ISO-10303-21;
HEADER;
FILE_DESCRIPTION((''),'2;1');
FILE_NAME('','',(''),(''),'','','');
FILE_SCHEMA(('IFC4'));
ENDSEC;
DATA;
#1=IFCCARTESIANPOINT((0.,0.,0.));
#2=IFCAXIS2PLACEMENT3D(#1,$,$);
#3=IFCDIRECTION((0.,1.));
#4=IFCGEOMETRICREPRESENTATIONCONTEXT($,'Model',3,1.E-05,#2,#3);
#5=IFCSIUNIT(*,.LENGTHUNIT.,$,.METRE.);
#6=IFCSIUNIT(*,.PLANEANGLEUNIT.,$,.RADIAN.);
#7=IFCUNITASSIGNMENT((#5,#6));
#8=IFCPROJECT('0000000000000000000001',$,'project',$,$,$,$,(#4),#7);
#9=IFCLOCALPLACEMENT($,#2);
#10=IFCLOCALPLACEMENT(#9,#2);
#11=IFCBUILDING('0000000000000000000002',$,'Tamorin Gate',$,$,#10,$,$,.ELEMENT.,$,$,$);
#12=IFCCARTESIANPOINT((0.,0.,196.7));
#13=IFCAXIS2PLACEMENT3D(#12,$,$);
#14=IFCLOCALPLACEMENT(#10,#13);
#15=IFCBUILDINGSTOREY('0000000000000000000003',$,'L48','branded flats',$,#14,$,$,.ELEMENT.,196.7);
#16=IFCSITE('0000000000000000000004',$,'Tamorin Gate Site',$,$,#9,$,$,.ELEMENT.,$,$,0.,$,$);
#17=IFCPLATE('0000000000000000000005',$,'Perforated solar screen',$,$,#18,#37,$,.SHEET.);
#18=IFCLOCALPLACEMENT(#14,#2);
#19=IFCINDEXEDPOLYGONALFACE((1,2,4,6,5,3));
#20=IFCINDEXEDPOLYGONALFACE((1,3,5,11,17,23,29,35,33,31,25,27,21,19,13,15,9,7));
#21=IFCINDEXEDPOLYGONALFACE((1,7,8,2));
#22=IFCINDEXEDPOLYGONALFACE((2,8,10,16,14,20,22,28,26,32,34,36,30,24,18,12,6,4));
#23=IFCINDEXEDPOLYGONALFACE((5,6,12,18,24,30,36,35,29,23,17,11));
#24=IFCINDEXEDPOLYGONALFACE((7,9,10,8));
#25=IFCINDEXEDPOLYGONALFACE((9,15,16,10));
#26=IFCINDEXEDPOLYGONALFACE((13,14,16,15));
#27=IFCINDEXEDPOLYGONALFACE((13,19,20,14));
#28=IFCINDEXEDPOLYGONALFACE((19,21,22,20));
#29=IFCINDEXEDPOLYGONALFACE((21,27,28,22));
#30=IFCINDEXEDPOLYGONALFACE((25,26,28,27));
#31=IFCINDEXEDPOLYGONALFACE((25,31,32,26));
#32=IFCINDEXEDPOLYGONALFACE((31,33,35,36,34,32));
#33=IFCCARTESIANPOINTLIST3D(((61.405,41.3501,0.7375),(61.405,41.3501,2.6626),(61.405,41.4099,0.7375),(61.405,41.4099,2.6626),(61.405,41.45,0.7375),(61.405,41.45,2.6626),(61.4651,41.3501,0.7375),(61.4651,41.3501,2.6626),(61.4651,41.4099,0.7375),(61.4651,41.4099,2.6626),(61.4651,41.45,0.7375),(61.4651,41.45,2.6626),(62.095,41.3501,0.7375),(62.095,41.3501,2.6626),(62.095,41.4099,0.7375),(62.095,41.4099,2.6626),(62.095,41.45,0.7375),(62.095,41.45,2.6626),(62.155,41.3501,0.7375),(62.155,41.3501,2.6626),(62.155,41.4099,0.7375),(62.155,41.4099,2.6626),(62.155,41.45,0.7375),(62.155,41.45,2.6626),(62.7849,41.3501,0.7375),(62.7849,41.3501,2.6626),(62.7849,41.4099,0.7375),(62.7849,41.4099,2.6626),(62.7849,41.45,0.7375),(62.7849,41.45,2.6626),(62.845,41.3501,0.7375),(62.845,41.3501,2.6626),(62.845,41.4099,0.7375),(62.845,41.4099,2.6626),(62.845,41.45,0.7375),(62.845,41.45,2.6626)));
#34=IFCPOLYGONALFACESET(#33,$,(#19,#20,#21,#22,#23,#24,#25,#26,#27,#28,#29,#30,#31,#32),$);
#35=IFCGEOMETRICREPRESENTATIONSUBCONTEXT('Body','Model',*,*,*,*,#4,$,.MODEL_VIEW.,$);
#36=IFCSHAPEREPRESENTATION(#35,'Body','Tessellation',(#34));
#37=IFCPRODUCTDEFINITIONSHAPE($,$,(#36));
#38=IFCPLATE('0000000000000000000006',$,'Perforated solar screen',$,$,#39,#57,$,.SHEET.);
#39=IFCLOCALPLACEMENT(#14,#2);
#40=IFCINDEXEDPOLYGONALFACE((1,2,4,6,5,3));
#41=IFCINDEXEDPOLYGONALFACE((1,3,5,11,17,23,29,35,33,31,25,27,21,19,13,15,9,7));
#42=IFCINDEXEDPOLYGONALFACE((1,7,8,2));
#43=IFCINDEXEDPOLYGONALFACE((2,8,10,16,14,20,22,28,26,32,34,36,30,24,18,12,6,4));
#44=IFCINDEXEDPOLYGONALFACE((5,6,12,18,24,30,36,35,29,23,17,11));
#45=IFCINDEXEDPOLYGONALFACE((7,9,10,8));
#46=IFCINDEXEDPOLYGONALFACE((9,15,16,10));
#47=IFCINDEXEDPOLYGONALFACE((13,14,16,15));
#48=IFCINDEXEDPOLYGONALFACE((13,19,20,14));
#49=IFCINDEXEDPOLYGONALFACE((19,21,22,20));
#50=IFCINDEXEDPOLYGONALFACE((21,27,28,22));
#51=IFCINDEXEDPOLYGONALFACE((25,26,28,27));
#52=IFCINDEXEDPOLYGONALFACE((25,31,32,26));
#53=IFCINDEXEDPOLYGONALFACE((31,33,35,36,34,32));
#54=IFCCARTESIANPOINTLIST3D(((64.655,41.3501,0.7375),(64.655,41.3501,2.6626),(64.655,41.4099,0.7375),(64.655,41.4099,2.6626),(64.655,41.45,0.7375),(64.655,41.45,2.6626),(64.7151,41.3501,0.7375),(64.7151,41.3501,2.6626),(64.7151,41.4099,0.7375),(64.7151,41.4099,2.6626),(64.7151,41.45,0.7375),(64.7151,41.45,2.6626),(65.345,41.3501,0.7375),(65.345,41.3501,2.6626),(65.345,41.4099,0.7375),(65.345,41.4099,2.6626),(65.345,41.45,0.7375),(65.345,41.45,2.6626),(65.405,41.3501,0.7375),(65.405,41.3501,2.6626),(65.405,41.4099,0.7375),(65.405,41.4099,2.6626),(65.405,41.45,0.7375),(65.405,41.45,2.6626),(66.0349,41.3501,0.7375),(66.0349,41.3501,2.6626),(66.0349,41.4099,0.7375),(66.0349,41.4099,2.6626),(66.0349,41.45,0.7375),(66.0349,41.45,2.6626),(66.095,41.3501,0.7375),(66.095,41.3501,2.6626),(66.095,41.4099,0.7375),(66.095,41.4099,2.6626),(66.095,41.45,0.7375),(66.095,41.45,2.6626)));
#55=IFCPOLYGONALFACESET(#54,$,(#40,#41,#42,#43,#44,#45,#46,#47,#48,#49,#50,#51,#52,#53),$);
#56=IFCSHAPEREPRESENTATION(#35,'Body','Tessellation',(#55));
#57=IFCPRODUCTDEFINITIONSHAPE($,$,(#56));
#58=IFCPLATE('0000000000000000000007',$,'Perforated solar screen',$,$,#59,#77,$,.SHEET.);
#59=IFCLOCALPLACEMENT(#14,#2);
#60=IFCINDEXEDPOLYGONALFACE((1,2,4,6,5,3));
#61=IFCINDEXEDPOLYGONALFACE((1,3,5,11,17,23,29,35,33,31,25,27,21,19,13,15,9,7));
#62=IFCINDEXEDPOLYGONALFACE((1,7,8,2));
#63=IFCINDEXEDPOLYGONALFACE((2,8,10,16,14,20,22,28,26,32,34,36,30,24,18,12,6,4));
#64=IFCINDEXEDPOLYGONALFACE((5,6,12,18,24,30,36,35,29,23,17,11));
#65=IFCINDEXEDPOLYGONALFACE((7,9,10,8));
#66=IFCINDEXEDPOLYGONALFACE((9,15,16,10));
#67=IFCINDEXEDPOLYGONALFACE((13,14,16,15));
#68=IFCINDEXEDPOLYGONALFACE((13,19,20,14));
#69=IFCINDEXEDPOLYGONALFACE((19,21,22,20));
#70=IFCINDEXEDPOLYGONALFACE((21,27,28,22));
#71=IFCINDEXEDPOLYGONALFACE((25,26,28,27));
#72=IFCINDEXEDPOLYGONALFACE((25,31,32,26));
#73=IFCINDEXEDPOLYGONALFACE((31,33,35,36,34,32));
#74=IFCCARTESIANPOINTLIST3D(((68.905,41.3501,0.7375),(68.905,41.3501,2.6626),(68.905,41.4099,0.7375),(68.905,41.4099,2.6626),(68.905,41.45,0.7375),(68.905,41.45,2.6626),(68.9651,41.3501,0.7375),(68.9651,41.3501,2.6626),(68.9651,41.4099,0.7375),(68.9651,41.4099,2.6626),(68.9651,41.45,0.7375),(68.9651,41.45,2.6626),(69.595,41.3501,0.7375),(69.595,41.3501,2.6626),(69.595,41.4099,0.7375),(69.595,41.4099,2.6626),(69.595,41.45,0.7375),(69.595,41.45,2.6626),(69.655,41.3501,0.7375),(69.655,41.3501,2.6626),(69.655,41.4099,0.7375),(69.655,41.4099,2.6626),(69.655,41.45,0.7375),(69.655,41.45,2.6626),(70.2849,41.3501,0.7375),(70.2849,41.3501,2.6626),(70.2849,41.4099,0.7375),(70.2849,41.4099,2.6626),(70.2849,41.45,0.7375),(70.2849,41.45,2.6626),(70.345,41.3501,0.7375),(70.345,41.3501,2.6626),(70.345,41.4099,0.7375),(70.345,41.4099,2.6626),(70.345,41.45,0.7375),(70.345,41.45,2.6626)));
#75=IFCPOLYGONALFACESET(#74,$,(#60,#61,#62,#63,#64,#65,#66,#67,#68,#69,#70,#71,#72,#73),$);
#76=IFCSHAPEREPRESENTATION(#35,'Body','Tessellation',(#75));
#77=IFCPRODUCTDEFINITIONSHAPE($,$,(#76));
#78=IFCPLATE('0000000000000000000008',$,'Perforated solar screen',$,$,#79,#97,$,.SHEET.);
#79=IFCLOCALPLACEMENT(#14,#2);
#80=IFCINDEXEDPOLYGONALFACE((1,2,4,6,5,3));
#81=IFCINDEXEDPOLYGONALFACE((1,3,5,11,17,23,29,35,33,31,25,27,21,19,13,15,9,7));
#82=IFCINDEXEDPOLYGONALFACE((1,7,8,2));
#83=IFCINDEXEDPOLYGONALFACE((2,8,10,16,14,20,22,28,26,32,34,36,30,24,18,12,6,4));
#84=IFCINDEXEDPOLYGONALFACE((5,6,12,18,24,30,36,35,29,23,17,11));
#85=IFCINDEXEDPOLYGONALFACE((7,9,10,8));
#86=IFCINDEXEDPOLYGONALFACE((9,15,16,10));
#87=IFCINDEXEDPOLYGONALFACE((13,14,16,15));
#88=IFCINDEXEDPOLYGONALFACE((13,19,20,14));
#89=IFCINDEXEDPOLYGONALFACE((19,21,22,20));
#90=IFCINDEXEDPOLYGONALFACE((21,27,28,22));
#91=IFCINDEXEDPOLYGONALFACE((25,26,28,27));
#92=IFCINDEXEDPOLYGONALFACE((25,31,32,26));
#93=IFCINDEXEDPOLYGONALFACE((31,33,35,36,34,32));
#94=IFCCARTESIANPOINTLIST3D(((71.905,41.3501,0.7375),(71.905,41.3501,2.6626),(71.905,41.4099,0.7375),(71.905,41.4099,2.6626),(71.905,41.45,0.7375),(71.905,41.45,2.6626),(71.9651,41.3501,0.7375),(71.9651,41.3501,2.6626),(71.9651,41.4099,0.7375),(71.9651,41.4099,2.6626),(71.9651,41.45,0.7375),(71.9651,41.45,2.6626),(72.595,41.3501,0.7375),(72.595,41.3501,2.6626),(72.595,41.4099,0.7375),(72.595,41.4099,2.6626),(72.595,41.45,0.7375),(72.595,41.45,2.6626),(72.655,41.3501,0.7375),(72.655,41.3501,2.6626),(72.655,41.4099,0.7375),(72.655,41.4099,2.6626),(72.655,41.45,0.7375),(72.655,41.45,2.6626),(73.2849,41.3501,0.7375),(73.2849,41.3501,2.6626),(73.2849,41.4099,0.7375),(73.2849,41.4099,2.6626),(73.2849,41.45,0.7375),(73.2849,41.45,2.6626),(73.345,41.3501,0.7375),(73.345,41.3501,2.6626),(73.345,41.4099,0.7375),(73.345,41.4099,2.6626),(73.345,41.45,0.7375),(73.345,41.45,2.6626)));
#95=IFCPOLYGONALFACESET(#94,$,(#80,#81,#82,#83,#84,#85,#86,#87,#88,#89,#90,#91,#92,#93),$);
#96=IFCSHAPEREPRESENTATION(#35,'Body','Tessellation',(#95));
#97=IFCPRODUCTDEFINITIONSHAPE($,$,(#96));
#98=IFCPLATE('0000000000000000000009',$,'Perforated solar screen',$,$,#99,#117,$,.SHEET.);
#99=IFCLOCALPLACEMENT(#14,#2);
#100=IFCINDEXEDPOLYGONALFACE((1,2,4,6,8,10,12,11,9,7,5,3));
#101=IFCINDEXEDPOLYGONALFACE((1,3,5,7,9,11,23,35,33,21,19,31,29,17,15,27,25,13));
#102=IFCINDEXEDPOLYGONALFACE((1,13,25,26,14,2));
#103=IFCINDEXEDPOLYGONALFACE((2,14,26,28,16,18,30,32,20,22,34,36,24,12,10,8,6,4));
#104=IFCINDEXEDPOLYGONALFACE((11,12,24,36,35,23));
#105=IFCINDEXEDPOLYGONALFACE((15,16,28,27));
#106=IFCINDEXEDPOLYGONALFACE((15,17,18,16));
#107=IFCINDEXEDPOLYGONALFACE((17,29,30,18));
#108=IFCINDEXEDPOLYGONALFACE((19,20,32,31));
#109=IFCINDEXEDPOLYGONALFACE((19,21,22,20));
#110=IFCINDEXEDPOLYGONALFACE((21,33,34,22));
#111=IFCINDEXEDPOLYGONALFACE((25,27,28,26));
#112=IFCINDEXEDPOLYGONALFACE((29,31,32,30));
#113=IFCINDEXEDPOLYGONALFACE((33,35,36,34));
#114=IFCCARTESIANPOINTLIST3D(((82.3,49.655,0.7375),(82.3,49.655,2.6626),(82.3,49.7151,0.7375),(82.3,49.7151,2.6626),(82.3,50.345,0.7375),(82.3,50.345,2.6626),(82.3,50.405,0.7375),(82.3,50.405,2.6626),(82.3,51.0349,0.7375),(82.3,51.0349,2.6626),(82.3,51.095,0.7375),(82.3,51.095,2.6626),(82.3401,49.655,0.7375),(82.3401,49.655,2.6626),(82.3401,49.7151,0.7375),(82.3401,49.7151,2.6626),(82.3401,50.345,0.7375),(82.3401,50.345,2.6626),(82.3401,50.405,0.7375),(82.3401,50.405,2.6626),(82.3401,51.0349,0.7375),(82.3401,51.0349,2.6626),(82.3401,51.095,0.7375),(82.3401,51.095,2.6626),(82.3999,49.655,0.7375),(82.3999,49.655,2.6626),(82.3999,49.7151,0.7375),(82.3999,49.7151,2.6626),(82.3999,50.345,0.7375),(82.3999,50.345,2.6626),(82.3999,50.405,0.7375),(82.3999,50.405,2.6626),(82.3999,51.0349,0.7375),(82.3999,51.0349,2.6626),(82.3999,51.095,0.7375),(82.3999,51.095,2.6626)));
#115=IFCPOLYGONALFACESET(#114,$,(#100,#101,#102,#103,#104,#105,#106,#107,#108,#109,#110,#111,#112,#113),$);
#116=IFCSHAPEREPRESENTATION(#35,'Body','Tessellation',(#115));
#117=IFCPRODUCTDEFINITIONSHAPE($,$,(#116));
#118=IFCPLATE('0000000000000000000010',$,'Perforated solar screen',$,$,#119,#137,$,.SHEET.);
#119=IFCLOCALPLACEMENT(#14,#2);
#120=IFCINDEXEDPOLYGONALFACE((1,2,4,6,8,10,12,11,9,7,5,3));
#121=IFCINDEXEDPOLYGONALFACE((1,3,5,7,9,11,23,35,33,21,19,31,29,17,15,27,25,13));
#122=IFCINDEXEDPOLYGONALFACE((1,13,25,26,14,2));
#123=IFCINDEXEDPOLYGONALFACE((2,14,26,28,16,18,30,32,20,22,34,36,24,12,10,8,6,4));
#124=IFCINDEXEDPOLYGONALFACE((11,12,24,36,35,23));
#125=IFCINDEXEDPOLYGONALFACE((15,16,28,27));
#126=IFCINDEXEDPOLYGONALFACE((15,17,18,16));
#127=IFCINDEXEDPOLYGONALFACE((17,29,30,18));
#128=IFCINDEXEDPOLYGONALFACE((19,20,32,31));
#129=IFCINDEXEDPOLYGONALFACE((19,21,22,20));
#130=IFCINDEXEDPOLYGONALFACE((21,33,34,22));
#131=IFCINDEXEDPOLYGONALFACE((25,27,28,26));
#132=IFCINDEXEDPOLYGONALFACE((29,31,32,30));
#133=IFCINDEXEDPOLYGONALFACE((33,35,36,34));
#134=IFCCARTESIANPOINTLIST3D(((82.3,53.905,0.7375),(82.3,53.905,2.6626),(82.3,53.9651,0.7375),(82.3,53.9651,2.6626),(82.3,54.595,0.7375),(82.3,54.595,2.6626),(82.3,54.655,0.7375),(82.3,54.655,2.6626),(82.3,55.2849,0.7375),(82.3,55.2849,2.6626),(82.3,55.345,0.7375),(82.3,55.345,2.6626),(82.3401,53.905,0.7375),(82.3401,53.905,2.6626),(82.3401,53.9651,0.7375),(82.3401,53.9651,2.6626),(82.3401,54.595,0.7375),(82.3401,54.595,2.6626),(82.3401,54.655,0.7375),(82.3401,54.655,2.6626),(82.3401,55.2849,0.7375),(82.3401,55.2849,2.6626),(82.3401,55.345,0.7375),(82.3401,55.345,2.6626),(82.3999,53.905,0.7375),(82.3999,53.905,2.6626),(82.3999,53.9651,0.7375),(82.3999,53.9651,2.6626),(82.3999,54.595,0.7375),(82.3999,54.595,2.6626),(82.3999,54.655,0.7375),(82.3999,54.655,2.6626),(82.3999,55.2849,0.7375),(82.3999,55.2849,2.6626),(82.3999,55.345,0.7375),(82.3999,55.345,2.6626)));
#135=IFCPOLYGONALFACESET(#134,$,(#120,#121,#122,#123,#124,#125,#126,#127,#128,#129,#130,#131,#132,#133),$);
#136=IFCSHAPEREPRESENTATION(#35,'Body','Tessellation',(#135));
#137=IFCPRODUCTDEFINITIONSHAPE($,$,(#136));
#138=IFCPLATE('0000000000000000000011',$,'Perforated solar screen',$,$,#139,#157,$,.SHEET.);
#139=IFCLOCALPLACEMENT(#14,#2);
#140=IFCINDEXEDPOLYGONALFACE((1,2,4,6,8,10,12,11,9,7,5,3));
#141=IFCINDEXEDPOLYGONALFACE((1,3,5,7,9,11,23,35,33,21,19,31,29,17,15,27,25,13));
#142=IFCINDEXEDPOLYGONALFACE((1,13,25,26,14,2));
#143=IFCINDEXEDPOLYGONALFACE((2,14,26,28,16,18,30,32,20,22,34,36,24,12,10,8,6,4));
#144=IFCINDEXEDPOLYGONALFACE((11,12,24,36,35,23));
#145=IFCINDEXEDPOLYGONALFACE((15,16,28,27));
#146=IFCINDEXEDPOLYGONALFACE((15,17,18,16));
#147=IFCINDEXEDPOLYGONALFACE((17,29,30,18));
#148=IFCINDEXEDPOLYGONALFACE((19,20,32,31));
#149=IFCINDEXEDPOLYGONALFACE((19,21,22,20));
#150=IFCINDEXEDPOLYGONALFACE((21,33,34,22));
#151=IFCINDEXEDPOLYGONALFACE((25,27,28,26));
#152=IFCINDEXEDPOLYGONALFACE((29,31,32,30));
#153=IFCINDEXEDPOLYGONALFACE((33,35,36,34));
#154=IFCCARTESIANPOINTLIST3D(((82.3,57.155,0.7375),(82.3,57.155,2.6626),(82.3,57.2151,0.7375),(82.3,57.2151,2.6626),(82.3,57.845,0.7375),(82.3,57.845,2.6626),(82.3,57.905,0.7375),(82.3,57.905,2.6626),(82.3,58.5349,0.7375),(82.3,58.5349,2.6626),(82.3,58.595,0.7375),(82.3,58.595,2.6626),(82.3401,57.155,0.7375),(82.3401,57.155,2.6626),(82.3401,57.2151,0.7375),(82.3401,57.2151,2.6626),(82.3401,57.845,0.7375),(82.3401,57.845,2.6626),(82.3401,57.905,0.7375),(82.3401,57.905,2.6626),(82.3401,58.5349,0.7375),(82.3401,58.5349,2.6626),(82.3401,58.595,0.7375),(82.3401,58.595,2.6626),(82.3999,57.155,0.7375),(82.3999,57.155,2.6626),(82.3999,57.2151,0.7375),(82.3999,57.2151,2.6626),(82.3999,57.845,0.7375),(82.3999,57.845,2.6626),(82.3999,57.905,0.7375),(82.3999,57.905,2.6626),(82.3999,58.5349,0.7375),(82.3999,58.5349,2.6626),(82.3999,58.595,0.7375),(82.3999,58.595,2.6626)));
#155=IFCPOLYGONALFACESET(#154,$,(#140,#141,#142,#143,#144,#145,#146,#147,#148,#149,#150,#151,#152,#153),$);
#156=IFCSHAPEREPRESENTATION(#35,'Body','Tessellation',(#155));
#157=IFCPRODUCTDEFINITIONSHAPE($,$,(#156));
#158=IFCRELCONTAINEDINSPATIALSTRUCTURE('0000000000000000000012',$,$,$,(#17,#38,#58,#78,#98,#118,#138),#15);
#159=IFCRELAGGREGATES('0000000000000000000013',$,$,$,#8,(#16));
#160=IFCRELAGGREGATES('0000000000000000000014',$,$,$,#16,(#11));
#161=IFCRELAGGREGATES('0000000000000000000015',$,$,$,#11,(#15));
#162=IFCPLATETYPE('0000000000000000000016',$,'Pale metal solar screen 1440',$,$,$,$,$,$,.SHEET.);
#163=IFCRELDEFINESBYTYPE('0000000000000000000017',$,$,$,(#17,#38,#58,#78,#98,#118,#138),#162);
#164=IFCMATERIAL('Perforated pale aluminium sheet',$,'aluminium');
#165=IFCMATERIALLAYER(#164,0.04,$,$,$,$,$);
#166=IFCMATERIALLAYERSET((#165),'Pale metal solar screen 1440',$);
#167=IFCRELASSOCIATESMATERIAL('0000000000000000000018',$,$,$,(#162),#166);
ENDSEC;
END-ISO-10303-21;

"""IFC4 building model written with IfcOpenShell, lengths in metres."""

from ifc_helpers import new_model, si_unit, direction, frame, origin, place, context, subcontext, project, spatial, polyline, outline, extrude, material, layer, layer_set, type_object, element, save


model = new_model("IFC4")

# Units and contexts
model_context = context("Model", 3, precision=1e-05, world=origin(), true_north=direction((0.0, 1.0)))
body_context = subcontext(model_context, "Body", "Model", "MODEL_VIEW")
ifc_project = project(units=[si_unit("LENGTHUNIT", "METRE"), si_unit("PLANEANGLEUNIT", "RADIAN")], contexts=[model_context])

# Site, building, storey
site_placement = place(None, origin())
site = spatial("IfcSite", under=ifc_project, at=site_placement, Name="Tamorin Gate Site", CompositionType="ELEMENT", RefElevation=0.0)
building_placement = place(site_placement, origin())
building = spatial("IfcBuilding", under=site, at=building_placement, Name="Tamorin Gate", CompositionType="ELEMENT")
storey_placement = place(building_placement, frame((0.0, 0.0, 196.7)))
storey = spatial("IfcBuildingStorey", under=building, at=storey_placement, Name="L48", Description="branded flats", CompositionType="ELEMENT", Elevation=196.7)

# Plates
ifc_material_1 = material(Name="Perforated pale aluminium sheet", Category="aluminium")
ifc_layer_1 = layer(ifc_material_1, 0.04)
ifc_layer_set_1 = layer_set([ifc_layer_1], Name="Pale metal solar screen 1440")
plate_type_1 = type_object("IfcPlateType", Name="Pale metal solar screen 1440", PredefinedType="SHEET", material=ifc_layer_set_1)
plate_1_placement = place(storey_placement, frame((0.0, 0.0, 0.7375)))
element("IfcPlate", 1, at=plate_1_placement, inside=storey, type_object=plate_type_1, Name="Perforated solar screen", PredefinedType="SHEET", context=body_context, shape_type="SweptSolid", body=[
    extrude(outline(polyline([(61.405, 41.4099), (61.405, 41.45), (61.4651, 41.45), (62.095, 41.45), (62.155, 41.45), (62.7849, 41.45), (62.845, 41.45), (62.845, 41.4099), (62.845, 41.3501), (62.7849, 41.3501), (62.7849, 41.4099), (62.155, 41.4099), (62.155, 41.3501), (62.095, 41.3501), (62.095, 41.4099), (61.4651, 41.4099), (61.4651, 41.3501), (61.405, 41.3501), (61.405, 41.4099)])), origin(), (0.0, 0.0, 1.0), 1.925),
])
plate_2_placement = place(storey_placement, frame((0.0, 0.0, 0.7375)))
element("IfcPlate", 2, at=plate_2_placement, inside=storey, type_object=plate_type_1, Name="Perforated solar screen", PredefinedType="SHEET", context=body_context, shape_type="SweptSolid", body=[
    extrude(outline(polyline([(64.655, 41.4099), (64.655, 41.45), (64.7151, 41.45), (65.345, 41.45), (65.405, 41.45), (66.0349, 41.45), (66.095, 41.45), (66.095, 41.4099), (66.095, 41.3501), (66.0349, 41.3501), (66.0349, 41.4099), (65.405, 41.4099), (65.405, 41.3501), (65.345, 41.3501), (65.345, 41.4099), (64.7151, 41.4099), (64.7151, 41.3501), (64.655, 41.3501), (64.655, 41.4099)])), origin(), (0.0, 0.0, 1.0), 1.925),
])
plate_3_placement = place(storey_placement, frame((0.0, 0.0, 0.7375)))
element("IfcPlate", 3, at=plate_3_placement, inside=storey, type_object=plate_type_1, Name="Perforated solar screen", PredefinedType="SHEET", context=body_context, shape_type="SweptSolid", body=[
    extrude(outline(polyline([(68.905, 41.4099), (68.905, 41.45), (68.9651, 41.45), (69.595, 41.45), (69.655, 41.45), (70.2849, 41.45), (70.345, 41.45), (70.345, 41.4099), (70.345, 41.3501), (70.2849, 41.3501), (70.2849, 41.4099), (69.655, 41.4099), (69.655, 41.3501), (69.595, 41.3501), (69.595, 41.4099), (68.9651, 41.4099), (68.9651, 41.3501), (68.905, 41.3501), (68.905, 41.4099)])), origin(), (0.0, 0.0, 1.0), 1.925),
])
plate_4_placement = place(storey_placement, frame((0.0, 0.0, 0.7375)))
element("IfcPlate", 4, at=plate_4_placement, inside=storey, type_object=plate_type_1, Name="Perforated solar screen", PredefinedType="SHEET", context=body_context, shape_type="SweptSolid", body=[
    extrude(outline(polyline([(71.905, 41.4099), (71.905, 41.45), (71.9651, 41.45), (72.595, 41.45), (72.655, 41.45), (73.2849, 41.45), (73.345, 41.45), (73.345, 41.4099), (73.345, 41.3501), (73.2849, 41.3501), (73.2849, 41.4099), (72.655, 41.4099), (72.655, 41.3501), (72.595, 41.3501), (72.595, 41.4099), (71.9651, 41.4099), (71.9651, 41.3501), (71.905, 41.3501), (71.905, 41.4099)])), origin(), (0.0, 0.0, 1.0), 1.925),
])
plate_5_placement = place(storey_placement, frame((0.0, 0.0, 0.7375)))
element("IfcPlate", 5, at=plate_5_placement, inside=storey, type_object=plate_type_1, Name="Perforated solar screen", PredefinedType="SHEET", context=body_context, shape_type="SweptSolid", body=[
    extrude(outline(polyline([(82.3401, 49.655), (82.3, 49.655), (82.3, 49.7151), (82.3, 50.345), (82.3, 50.405), (82.3, 51.0349), (82.3, 51.095), (82.3, 51.095), (82.3401, 51.095), (82.3401, 51.095), (82.3999, 51.095), (82.3999, 51.0349), (82.3401, 51.0349), (82.3401, 50.405), (82.3999, 50.405), (82.3999, 50.345), (82.3401, 50.345), (82.3401, 49.7151), (82.3999, 49.7151), (82.3999, 49.655), (82.3401, 49.655)])), origin(), (0.0, 0.0, 1.0), 1.925),
])
plate_6_placement = place(storey_placement, frame((0.0, 0.0, 0.7375)))
element("IfcPlate", 6, at=plate_6_placement, inside=storey, type_object=plate_type_1, Name="Perforated solar screen", PredefinedType="SHEET", context=body_context, shape_type="SweptSolid", body=[
    extrude(outline(polyline([(82.3401, 53.905), (82.3, 53.905), (82.3, 53.9651), (82.3, 54.595), (82.3, 54.655), (82.3, 55.2849), (82.3, 55.345), (82.3401, 55.345), (82.3999, 55.345), (82.3999, 55.2849), (82.3401, 55.2849), (82.3401, 54.655), (82.3999, 54.655), (82.3999, 54.595), (82.3401, 54.595), (82.3401, 53.9651), (82.3999, 53.9651), (82.3999, 53.905), (82.3401, 53.905)])), origin(), (0.0, 0.0, 1.0), 1.925),
])
plate_7_placement = place(storey_placement, frame((0.0, 0.0, 0.7375)))
element("IfcPlate", 7, at=plate_7_placement, inside=storey, type_object=plate_type_1, Name="Perforated solar screen", PredefinedType="SHEET", context=body_context, shape_type="SweptSolid", body=[
    extrude(outline(polyline([(82.3401, 57.155), (82.3, 57.155), (82.3, 57.2151), (82.3, 57.845), (82.3, 57.905), (82.3, 58.5349), (82.3, 58.595), (82.3401, 58.595), (82.3999, 58.595), (82.3999, 58.5349), (82.3401, 58.5349), (82.3401, 57.905), (82.3999, 57.905), (82.3999, 57.845), (82.3401, 57.845), (82.3401, 57.2151), (82.3999, 57.2151), (82.3999, 57.155), (82.3401, 57.155)])), origin(), (0.0, 0.0, 1.0), 1.925),
])

save(model, "model.ifc")
